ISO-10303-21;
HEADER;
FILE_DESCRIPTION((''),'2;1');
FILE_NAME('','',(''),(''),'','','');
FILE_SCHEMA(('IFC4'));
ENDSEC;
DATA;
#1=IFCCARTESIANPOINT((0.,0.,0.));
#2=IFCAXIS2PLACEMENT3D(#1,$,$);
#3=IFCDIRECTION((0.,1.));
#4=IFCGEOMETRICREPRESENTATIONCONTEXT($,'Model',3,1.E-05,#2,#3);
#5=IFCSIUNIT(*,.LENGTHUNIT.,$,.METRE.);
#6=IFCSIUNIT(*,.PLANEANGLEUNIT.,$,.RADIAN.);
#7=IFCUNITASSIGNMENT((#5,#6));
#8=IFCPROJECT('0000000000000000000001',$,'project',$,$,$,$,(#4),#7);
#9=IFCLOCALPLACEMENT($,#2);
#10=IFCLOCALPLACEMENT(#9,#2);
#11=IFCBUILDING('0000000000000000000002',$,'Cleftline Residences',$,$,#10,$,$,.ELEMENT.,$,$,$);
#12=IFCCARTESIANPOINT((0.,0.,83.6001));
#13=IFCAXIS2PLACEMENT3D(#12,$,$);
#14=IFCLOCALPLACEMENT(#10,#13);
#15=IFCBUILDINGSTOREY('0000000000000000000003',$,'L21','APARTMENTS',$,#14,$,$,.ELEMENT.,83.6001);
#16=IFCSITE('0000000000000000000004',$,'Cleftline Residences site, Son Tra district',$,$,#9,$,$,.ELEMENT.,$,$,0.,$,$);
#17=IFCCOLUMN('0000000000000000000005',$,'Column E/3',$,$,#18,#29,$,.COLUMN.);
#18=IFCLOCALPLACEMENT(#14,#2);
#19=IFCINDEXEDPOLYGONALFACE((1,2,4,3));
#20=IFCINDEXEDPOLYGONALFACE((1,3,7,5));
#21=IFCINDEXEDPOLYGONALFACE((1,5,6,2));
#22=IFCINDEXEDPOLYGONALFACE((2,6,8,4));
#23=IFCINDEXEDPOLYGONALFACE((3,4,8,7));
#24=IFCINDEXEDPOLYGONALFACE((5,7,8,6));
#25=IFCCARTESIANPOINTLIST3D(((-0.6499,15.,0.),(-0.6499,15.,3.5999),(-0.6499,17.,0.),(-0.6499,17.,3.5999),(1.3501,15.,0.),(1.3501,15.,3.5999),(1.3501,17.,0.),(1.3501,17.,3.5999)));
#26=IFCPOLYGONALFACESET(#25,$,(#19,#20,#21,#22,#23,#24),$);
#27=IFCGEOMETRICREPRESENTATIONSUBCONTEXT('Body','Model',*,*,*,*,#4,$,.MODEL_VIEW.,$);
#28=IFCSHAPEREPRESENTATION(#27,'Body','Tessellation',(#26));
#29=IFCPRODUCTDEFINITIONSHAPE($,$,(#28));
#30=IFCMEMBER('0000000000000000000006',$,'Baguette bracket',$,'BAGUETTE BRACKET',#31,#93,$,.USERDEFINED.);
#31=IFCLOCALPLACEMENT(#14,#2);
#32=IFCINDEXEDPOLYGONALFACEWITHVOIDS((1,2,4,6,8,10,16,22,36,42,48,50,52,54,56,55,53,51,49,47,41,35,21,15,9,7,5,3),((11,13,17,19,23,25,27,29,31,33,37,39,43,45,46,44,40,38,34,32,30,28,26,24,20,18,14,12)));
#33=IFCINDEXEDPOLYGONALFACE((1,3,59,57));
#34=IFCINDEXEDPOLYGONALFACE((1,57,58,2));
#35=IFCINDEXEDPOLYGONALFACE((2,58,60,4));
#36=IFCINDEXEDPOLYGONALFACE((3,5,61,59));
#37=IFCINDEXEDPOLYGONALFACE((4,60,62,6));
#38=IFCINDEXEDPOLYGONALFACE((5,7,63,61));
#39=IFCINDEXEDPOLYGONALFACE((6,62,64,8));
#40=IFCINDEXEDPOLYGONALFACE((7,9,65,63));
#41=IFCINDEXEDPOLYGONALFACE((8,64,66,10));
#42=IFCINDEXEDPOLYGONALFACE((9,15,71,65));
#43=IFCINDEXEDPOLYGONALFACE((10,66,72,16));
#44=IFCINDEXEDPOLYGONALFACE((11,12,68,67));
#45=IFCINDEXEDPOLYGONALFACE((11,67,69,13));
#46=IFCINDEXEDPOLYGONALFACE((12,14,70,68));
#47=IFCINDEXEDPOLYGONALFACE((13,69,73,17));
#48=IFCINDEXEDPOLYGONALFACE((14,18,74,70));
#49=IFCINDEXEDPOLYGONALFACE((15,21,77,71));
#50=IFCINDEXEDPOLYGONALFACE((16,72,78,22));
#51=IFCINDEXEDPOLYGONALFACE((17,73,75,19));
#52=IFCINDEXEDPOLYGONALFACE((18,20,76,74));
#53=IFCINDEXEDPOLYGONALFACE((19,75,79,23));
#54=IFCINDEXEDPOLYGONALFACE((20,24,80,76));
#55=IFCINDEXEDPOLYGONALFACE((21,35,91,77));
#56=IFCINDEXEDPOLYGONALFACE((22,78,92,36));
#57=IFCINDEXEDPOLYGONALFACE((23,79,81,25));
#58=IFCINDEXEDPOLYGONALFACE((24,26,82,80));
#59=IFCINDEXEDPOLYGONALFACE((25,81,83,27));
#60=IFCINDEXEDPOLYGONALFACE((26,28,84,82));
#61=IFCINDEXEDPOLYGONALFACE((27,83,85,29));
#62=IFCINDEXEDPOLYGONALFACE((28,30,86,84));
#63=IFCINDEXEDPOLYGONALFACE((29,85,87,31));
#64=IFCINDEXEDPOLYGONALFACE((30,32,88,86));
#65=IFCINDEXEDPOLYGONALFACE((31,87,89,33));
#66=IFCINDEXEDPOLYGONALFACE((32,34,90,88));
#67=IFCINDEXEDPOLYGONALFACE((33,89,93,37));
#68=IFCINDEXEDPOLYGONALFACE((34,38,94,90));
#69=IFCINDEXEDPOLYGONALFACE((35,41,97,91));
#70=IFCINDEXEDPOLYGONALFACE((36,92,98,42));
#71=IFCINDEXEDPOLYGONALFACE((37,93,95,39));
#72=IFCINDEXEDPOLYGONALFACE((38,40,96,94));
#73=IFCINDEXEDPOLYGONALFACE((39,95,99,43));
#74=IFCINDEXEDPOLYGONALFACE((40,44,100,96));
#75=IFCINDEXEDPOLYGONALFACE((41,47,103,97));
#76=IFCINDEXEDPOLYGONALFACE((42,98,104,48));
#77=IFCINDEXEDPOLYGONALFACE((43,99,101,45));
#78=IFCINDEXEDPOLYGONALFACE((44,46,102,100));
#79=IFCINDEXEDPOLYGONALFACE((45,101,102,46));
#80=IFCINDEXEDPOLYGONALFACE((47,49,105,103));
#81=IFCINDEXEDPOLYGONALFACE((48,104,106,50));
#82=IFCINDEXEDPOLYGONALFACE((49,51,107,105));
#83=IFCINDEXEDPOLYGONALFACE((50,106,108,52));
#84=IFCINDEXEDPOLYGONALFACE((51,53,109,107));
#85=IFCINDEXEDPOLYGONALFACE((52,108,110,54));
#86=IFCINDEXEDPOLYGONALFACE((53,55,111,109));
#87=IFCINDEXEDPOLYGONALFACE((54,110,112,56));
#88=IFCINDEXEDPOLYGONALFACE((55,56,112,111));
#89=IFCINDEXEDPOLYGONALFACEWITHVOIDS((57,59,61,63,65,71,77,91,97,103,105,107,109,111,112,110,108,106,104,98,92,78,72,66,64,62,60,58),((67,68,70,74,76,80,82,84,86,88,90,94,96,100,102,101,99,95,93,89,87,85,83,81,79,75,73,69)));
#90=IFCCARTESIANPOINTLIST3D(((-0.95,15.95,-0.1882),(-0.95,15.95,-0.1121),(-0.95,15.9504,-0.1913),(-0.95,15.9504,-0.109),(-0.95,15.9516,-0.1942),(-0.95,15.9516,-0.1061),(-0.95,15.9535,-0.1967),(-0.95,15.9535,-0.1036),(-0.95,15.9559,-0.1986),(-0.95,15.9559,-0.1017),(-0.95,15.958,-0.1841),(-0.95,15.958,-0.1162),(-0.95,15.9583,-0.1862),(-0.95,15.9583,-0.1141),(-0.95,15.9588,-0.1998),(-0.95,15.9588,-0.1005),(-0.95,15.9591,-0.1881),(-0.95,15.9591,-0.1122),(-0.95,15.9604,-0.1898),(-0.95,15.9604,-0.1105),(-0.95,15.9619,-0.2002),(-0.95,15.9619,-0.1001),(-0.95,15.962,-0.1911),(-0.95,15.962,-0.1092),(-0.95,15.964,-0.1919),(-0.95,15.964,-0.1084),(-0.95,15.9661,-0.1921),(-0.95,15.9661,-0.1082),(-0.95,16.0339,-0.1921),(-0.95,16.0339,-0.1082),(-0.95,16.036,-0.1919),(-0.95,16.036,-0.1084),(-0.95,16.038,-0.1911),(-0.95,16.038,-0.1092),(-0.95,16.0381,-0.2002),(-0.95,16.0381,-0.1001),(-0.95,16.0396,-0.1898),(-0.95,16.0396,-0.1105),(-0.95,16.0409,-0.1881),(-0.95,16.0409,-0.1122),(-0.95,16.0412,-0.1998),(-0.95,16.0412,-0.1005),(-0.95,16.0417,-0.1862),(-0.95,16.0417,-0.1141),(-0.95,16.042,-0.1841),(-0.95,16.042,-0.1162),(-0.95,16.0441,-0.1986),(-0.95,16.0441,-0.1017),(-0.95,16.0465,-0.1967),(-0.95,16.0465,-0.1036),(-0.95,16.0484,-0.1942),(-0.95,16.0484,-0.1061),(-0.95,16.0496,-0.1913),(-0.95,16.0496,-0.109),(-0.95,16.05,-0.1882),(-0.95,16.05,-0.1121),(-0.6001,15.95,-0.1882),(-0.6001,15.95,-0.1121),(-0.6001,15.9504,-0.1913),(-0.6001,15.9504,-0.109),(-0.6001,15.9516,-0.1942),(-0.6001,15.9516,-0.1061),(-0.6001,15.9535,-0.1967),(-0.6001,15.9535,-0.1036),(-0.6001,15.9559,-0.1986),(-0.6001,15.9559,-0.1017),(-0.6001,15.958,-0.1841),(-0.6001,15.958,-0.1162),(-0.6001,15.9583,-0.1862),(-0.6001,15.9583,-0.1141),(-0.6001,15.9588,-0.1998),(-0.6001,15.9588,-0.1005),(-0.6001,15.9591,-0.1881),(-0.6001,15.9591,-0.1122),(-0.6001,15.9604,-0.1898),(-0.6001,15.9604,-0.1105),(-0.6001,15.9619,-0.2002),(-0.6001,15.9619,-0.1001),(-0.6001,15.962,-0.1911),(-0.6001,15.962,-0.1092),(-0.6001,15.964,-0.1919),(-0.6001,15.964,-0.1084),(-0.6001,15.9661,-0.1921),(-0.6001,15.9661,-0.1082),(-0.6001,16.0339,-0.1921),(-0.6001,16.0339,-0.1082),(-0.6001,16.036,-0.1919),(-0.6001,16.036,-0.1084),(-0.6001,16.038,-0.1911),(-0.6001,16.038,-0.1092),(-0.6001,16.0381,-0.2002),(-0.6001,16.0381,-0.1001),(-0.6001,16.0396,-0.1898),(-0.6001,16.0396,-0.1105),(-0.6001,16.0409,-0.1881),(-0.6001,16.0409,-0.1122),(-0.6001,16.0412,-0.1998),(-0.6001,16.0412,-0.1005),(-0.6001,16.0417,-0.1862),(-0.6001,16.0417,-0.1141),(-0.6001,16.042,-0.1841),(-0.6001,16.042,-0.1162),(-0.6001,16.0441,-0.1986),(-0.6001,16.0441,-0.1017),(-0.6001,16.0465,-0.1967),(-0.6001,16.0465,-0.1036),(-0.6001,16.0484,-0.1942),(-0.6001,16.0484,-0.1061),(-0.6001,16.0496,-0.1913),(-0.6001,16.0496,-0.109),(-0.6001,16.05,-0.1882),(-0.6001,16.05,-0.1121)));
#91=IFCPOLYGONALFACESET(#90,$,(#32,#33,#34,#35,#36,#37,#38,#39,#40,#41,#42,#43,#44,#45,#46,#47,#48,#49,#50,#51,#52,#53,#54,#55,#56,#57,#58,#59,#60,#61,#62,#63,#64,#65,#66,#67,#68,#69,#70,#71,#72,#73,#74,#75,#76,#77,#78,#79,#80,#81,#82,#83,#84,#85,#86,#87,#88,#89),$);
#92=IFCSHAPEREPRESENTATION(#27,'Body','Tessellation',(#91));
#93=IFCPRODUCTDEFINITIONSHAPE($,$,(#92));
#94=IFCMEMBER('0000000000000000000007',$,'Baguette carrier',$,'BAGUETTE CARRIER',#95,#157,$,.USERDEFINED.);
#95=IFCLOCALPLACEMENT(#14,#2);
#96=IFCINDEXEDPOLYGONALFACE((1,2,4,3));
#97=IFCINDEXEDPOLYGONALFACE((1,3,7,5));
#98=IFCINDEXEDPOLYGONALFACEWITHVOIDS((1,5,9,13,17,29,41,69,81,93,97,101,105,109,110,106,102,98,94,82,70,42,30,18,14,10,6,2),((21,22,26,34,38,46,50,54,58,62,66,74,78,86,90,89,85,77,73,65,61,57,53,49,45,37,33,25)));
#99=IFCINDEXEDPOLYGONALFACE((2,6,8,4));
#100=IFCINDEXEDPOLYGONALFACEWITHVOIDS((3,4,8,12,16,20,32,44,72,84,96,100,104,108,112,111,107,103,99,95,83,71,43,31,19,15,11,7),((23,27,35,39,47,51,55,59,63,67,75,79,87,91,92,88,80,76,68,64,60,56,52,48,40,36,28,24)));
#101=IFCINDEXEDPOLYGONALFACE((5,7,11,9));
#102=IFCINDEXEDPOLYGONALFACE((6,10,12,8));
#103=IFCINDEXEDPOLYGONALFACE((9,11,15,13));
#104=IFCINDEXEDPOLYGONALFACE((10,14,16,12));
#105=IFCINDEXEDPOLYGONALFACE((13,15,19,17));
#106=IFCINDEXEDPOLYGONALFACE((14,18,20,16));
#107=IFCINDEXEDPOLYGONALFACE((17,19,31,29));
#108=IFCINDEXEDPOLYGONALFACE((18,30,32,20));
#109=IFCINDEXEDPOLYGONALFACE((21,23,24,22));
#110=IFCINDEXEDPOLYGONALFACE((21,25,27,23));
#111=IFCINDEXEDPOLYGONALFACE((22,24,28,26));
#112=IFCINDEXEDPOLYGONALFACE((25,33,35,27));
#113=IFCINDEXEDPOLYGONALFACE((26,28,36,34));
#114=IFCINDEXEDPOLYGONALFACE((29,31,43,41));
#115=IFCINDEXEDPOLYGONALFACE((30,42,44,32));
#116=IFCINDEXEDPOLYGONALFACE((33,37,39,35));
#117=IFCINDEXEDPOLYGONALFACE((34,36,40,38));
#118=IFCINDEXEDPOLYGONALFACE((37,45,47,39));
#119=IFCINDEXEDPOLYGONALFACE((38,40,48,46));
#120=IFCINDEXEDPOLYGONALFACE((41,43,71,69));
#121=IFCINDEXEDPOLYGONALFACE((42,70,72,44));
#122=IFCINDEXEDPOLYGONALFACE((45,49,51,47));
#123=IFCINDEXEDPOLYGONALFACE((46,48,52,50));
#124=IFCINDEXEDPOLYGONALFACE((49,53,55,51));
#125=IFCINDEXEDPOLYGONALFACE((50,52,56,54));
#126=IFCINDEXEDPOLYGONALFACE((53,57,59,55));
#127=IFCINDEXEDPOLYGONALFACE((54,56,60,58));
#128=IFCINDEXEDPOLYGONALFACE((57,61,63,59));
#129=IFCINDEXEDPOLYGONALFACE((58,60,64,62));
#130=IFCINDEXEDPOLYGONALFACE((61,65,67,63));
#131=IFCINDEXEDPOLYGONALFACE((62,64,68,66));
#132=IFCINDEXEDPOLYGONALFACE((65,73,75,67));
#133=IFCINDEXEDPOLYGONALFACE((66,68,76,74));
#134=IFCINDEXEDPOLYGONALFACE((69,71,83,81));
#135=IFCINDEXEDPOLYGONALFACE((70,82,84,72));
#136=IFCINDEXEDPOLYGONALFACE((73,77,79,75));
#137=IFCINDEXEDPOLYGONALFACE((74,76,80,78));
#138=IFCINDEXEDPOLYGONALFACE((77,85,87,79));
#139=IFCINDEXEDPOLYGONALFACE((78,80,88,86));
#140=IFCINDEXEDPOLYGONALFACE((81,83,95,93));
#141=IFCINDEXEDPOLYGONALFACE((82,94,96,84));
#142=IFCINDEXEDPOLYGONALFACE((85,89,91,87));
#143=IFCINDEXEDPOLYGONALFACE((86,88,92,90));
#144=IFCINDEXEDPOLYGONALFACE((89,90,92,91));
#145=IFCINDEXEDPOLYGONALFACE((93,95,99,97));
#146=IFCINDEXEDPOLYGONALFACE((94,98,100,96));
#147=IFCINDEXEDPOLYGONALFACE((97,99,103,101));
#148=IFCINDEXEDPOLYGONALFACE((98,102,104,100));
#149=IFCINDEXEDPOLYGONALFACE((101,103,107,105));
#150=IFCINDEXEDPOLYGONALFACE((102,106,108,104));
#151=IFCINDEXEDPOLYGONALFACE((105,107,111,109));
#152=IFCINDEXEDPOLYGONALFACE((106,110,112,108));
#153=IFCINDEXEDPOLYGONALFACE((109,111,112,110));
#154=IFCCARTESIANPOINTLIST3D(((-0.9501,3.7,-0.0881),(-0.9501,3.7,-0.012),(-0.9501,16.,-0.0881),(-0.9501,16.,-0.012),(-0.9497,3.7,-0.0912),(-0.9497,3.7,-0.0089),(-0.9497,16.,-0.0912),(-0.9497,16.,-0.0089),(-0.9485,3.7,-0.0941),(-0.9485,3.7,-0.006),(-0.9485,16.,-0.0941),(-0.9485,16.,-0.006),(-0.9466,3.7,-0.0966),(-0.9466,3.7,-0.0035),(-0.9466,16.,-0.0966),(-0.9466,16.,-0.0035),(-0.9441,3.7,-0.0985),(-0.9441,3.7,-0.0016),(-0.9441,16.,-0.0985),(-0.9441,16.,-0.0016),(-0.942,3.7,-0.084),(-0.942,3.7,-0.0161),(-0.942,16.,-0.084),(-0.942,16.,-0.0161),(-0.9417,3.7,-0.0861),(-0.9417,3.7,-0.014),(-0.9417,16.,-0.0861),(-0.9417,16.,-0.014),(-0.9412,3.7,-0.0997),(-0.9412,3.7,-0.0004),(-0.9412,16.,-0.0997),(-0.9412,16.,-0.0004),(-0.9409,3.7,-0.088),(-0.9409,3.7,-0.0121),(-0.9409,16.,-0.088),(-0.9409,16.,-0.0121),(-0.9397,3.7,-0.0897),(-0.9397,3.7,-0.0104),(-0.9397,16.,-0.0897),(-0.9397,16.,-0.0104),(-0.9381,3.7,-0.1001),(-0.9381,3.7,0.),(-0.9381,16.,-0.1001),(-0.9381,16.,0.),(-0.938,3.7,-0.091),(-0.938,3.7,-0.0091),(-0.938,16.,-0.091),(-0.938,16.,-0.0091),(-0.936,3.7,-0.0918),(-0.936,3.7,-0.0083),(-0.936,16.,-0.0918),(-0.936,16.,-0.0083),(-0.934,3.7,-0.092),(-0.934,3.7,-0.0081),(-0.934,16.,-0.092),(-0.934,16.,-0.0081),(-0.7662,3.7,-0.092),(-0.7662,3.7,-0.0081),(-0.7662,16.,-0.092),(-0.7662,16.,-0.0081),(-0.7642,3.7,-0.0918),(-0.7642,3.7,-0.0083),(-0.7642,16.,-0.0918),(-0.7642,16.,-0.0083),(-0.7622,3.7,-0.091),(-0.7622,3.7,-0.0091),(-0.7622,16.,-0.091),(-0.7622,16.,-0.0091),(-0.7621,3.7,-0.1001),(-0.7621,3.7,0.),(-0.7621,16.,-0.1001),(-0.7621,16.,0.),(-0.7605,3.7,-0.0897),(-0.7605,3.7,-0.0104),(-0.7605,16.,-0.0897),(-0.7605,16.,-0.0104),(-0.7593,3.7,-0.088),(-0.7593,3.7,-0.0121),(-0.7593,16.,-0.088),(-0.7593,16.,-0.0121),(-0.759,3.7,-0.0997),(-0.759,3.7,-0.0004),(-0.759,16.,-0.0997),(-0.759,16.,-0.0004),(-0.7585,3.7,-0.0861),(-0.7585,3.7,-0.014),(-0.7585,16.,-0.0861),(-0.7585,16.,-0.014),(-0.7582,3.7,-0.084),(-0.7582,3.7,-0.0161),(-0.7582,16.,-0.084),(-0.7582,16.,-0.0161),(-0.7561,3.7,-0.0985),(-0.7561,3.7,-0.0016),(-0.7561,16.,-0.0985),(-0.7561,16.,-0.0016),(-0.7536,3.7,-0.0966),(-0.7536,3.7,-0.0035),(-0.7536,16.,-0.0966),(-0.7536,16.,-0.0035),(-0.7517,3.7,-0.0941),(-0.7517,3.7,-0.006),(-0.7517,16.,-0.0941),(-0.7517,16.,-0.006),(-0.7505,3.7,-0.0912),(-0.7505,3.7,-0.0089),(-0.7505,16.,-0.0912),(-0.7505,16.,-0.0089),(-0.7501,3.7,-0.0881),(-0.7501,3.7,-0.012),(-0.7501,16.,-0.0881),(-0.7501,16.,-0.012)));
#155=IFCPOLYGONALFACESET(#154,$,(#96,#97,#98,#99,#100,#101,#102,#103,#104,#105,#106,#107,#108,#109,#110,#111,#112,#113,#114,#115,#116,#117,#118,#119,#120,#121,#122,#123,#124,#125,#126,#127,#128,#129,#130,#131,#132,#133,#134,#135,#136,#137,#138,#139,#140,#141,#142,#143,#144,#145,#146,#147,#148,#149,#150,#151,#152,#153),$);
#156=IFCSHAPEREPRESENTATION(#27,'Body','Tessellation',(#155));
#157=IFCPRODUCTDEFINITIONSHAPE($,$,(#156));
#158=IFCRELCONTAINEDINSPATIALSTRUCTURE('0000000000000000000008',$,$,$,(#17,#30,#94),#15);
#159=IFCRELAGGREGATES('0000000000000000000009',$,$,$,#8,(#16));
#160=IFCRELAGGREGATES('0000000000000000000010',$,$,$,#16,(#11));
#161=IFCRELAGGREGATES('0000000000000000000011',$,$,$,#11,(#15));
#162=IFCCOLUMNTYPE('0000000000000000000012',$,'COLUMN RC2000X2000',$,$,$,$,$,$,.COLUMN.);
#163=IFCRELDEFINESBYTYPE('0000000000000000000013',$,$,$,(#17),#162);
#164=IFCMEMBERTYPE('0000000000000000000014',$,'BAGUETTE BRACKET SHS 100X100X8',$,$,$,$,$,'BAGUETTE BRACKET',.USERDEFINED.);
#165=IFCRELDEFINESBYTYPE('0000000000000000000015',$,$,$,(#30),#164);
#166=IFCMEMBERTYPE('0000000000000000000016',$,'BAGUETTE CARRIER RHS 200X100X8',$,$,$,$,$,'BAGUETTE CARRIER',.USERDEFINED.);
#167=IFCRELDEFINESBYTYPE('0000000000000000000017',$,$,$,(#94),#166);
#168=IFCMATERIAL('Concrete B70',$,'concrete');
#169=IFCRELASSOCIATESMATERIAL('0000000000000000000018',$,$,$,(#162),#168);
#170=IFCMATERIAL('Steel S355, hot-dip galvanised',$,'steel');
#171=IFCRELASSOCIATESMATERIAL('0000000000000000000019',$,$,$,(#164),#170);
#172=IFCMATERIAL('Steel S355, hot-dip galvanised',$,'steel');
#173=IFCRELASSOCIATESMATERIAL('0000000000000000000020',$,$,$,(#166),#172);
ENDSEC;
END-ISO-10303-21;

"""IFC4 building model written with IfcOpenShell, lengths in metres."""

from ifc_helpers import new_model, si_unit, direction, frame, origin, origin_2d, place, context, subcontext, project, spatial, rectangle, hollow_rectangle, extrude, material, material_profile, profile_set, type_object, element, save


model = new_model("IFC4")

# Units and contexts
model_context = context("Model", 3, precision=1e-05, world=origin(), true_north=direction((0.0, 1.0)))
body_context = subcontext(model_context, "Body", "Model", "MODEL_VIEW")
ifc_project = project(units=[si_unit("LENGTHUNIT", "METRE"), si_unit("PLANEANGLEUNIT", "RADIAN")], contexts=[model_context])

# Site, building, storey
site_placement = place(None, origin())
site = spatial("IfcSite", under=ifc_project, at=site_placement, Name="Cleftline Residences site, Son Tra district", CompositionType="ELEMENT", RefElevation=0.0)
building_placement = place(site_placement, origin())
building = spatial("IfcBuilding", under=site, at=building_placement, Name="Cleftline Residences", CompositionType="ELEMENT")
storey_placement = place(building_placement, frame((0.0, 0.0, 83.6001)))
storey = spatial("IfcBuildingStorey", under=building, at=storey_placement, Name="L21", Description="APARTMENTS", CompositionType="ELEMENT", Elevation=83.6001)

# Column
ifc_material_1 = material(Name="Concrete B70", Category="concrete")
ifc_material_profile_1 = material_profile(ifc_material_1, rectangle(XDim=2.0, YDim=2.0, at=origin_2d()))
ifc_profile_set_1 = profile_set([ifc_material_profile_1], Name="Concrete B70")
column_type = type_object("IfcColumnType", Name="COLUMN RC2000X2000", PredefinedType="COLUMN", material=ifc_profile_set_1)
column_placement = place(storey_placement, frame((0.3501, 16.0, 0.0), z_axis=(0.0, 0.0, 1.0), x_axis=(1.0, 0.0, 0.0)))
element("IfcColumn", 1, at=column_placement, inside=storey, type_object=column_type, Name="Column E/3", PredefinedType="COLUMN", context=body_context, shape_type="SweptSolid", body=[
    extrude(rectangle(XDim=2.0, YDim=2.0, at=origin_2d()), origin(), (0.0, 0.0, 1.0), 3.5999),
])

# Members
ifc_material_2 = material(Name="Steel S355, hot-dip galvanised", Category="steel")
ifc_material_profile_2 = material_profile(ifc_material_2, hollow_rectangle(XDim=0.1001, YDim=0.1001, WallThickness=0.0081, InnerFilletRadius=0.0081, OuterFilletRadius=0.012, at=origin_2d()))
ifc_profile_set_2 = profile_set([ifc_material_profile_2], Name="Steel S355, hot-dip galvanised")
member_type_1 = type_object("IfcMemberType", Name="BAGUETTE BRACKET SHS 100X100X8", ElementType="BAGUETTE BRACKET", PredefinedType="USERDEFINED", material=ifc_profile_set_2)
member_1_placement = place(storey_placement, frame((-0.6001, 16.0, -0.1501), z_axis=(-1.0, 0.0, 0.0), x_axis=(0.0, -1.0, 0.0)))
element("IfcMember", 2, at=member_1_placement, inside=storey, type_object=member_type_1, Name="Baguette bracket", ObjectType="BAGUETTE BRACKET", PredefinedType="USERDEFINED", context=body_context, shape_type="SweptSolid", body=[
    extrude(hollow_rectangle(XDim=0.1001, YDim=0.1001, WallThickness=0.0081, InnerFilletRadius=0.0081, OuterFilletRadius=0.012, at=origin_2d()), origin(), (0.0, 0.0, 1.0), 0.3499),
])
ifc_material_3 = material(Name="Steel S355, hot-dip galvanised", Category="steel")
ifc_material_profile_3 = material_profile(ifc_material_3, hollow_rectangle(XDim=0.1001, YDim=0.2, WallThickness=0.0081, InnerFilletRadius=0.0081, OuterFilletRadius=0.012, at=origin_2d()))
ifc_profile_set_3 = profile_set([ifc_material_profile_3], Name="Steel S355, hot-dip galvanised")
member_type_2 = type_object("IfcMemberType", Name="BAGUETTE CARRIER RHS 200X100X8", ElementType="BAGUETTE CARRIER", PredefinedType="USERDEFINED", material=ifc_profile_set_3)
member_2_placement = place(storey_placement, frame((-0.8501, 16.0, -0.05), z_axis=(0.0, -1.0, 0.0), x_axis=(0.0, 0.0, 1.0)))
element("IfcMember", 3, at=member_2_placement, inside=storey, type_object=member_type_2, Name="Baguette carrier", ObjectType="BAGUETTE CARRIER", PredefinedType="USERDEFINED", context=body_context, shape_type="SweptSolid", body=[
    extrude(hollow_rectangle(XDim=0.1001, YDim=0.2, WallThickness=0.0081, InnerFilletRadius=0.0081, OuterFilletRadius=0.012, at=origin_2d()), origin(), (0.0, 0.0, 1.0), 12.3),
])

save(model, "model.ifc")
